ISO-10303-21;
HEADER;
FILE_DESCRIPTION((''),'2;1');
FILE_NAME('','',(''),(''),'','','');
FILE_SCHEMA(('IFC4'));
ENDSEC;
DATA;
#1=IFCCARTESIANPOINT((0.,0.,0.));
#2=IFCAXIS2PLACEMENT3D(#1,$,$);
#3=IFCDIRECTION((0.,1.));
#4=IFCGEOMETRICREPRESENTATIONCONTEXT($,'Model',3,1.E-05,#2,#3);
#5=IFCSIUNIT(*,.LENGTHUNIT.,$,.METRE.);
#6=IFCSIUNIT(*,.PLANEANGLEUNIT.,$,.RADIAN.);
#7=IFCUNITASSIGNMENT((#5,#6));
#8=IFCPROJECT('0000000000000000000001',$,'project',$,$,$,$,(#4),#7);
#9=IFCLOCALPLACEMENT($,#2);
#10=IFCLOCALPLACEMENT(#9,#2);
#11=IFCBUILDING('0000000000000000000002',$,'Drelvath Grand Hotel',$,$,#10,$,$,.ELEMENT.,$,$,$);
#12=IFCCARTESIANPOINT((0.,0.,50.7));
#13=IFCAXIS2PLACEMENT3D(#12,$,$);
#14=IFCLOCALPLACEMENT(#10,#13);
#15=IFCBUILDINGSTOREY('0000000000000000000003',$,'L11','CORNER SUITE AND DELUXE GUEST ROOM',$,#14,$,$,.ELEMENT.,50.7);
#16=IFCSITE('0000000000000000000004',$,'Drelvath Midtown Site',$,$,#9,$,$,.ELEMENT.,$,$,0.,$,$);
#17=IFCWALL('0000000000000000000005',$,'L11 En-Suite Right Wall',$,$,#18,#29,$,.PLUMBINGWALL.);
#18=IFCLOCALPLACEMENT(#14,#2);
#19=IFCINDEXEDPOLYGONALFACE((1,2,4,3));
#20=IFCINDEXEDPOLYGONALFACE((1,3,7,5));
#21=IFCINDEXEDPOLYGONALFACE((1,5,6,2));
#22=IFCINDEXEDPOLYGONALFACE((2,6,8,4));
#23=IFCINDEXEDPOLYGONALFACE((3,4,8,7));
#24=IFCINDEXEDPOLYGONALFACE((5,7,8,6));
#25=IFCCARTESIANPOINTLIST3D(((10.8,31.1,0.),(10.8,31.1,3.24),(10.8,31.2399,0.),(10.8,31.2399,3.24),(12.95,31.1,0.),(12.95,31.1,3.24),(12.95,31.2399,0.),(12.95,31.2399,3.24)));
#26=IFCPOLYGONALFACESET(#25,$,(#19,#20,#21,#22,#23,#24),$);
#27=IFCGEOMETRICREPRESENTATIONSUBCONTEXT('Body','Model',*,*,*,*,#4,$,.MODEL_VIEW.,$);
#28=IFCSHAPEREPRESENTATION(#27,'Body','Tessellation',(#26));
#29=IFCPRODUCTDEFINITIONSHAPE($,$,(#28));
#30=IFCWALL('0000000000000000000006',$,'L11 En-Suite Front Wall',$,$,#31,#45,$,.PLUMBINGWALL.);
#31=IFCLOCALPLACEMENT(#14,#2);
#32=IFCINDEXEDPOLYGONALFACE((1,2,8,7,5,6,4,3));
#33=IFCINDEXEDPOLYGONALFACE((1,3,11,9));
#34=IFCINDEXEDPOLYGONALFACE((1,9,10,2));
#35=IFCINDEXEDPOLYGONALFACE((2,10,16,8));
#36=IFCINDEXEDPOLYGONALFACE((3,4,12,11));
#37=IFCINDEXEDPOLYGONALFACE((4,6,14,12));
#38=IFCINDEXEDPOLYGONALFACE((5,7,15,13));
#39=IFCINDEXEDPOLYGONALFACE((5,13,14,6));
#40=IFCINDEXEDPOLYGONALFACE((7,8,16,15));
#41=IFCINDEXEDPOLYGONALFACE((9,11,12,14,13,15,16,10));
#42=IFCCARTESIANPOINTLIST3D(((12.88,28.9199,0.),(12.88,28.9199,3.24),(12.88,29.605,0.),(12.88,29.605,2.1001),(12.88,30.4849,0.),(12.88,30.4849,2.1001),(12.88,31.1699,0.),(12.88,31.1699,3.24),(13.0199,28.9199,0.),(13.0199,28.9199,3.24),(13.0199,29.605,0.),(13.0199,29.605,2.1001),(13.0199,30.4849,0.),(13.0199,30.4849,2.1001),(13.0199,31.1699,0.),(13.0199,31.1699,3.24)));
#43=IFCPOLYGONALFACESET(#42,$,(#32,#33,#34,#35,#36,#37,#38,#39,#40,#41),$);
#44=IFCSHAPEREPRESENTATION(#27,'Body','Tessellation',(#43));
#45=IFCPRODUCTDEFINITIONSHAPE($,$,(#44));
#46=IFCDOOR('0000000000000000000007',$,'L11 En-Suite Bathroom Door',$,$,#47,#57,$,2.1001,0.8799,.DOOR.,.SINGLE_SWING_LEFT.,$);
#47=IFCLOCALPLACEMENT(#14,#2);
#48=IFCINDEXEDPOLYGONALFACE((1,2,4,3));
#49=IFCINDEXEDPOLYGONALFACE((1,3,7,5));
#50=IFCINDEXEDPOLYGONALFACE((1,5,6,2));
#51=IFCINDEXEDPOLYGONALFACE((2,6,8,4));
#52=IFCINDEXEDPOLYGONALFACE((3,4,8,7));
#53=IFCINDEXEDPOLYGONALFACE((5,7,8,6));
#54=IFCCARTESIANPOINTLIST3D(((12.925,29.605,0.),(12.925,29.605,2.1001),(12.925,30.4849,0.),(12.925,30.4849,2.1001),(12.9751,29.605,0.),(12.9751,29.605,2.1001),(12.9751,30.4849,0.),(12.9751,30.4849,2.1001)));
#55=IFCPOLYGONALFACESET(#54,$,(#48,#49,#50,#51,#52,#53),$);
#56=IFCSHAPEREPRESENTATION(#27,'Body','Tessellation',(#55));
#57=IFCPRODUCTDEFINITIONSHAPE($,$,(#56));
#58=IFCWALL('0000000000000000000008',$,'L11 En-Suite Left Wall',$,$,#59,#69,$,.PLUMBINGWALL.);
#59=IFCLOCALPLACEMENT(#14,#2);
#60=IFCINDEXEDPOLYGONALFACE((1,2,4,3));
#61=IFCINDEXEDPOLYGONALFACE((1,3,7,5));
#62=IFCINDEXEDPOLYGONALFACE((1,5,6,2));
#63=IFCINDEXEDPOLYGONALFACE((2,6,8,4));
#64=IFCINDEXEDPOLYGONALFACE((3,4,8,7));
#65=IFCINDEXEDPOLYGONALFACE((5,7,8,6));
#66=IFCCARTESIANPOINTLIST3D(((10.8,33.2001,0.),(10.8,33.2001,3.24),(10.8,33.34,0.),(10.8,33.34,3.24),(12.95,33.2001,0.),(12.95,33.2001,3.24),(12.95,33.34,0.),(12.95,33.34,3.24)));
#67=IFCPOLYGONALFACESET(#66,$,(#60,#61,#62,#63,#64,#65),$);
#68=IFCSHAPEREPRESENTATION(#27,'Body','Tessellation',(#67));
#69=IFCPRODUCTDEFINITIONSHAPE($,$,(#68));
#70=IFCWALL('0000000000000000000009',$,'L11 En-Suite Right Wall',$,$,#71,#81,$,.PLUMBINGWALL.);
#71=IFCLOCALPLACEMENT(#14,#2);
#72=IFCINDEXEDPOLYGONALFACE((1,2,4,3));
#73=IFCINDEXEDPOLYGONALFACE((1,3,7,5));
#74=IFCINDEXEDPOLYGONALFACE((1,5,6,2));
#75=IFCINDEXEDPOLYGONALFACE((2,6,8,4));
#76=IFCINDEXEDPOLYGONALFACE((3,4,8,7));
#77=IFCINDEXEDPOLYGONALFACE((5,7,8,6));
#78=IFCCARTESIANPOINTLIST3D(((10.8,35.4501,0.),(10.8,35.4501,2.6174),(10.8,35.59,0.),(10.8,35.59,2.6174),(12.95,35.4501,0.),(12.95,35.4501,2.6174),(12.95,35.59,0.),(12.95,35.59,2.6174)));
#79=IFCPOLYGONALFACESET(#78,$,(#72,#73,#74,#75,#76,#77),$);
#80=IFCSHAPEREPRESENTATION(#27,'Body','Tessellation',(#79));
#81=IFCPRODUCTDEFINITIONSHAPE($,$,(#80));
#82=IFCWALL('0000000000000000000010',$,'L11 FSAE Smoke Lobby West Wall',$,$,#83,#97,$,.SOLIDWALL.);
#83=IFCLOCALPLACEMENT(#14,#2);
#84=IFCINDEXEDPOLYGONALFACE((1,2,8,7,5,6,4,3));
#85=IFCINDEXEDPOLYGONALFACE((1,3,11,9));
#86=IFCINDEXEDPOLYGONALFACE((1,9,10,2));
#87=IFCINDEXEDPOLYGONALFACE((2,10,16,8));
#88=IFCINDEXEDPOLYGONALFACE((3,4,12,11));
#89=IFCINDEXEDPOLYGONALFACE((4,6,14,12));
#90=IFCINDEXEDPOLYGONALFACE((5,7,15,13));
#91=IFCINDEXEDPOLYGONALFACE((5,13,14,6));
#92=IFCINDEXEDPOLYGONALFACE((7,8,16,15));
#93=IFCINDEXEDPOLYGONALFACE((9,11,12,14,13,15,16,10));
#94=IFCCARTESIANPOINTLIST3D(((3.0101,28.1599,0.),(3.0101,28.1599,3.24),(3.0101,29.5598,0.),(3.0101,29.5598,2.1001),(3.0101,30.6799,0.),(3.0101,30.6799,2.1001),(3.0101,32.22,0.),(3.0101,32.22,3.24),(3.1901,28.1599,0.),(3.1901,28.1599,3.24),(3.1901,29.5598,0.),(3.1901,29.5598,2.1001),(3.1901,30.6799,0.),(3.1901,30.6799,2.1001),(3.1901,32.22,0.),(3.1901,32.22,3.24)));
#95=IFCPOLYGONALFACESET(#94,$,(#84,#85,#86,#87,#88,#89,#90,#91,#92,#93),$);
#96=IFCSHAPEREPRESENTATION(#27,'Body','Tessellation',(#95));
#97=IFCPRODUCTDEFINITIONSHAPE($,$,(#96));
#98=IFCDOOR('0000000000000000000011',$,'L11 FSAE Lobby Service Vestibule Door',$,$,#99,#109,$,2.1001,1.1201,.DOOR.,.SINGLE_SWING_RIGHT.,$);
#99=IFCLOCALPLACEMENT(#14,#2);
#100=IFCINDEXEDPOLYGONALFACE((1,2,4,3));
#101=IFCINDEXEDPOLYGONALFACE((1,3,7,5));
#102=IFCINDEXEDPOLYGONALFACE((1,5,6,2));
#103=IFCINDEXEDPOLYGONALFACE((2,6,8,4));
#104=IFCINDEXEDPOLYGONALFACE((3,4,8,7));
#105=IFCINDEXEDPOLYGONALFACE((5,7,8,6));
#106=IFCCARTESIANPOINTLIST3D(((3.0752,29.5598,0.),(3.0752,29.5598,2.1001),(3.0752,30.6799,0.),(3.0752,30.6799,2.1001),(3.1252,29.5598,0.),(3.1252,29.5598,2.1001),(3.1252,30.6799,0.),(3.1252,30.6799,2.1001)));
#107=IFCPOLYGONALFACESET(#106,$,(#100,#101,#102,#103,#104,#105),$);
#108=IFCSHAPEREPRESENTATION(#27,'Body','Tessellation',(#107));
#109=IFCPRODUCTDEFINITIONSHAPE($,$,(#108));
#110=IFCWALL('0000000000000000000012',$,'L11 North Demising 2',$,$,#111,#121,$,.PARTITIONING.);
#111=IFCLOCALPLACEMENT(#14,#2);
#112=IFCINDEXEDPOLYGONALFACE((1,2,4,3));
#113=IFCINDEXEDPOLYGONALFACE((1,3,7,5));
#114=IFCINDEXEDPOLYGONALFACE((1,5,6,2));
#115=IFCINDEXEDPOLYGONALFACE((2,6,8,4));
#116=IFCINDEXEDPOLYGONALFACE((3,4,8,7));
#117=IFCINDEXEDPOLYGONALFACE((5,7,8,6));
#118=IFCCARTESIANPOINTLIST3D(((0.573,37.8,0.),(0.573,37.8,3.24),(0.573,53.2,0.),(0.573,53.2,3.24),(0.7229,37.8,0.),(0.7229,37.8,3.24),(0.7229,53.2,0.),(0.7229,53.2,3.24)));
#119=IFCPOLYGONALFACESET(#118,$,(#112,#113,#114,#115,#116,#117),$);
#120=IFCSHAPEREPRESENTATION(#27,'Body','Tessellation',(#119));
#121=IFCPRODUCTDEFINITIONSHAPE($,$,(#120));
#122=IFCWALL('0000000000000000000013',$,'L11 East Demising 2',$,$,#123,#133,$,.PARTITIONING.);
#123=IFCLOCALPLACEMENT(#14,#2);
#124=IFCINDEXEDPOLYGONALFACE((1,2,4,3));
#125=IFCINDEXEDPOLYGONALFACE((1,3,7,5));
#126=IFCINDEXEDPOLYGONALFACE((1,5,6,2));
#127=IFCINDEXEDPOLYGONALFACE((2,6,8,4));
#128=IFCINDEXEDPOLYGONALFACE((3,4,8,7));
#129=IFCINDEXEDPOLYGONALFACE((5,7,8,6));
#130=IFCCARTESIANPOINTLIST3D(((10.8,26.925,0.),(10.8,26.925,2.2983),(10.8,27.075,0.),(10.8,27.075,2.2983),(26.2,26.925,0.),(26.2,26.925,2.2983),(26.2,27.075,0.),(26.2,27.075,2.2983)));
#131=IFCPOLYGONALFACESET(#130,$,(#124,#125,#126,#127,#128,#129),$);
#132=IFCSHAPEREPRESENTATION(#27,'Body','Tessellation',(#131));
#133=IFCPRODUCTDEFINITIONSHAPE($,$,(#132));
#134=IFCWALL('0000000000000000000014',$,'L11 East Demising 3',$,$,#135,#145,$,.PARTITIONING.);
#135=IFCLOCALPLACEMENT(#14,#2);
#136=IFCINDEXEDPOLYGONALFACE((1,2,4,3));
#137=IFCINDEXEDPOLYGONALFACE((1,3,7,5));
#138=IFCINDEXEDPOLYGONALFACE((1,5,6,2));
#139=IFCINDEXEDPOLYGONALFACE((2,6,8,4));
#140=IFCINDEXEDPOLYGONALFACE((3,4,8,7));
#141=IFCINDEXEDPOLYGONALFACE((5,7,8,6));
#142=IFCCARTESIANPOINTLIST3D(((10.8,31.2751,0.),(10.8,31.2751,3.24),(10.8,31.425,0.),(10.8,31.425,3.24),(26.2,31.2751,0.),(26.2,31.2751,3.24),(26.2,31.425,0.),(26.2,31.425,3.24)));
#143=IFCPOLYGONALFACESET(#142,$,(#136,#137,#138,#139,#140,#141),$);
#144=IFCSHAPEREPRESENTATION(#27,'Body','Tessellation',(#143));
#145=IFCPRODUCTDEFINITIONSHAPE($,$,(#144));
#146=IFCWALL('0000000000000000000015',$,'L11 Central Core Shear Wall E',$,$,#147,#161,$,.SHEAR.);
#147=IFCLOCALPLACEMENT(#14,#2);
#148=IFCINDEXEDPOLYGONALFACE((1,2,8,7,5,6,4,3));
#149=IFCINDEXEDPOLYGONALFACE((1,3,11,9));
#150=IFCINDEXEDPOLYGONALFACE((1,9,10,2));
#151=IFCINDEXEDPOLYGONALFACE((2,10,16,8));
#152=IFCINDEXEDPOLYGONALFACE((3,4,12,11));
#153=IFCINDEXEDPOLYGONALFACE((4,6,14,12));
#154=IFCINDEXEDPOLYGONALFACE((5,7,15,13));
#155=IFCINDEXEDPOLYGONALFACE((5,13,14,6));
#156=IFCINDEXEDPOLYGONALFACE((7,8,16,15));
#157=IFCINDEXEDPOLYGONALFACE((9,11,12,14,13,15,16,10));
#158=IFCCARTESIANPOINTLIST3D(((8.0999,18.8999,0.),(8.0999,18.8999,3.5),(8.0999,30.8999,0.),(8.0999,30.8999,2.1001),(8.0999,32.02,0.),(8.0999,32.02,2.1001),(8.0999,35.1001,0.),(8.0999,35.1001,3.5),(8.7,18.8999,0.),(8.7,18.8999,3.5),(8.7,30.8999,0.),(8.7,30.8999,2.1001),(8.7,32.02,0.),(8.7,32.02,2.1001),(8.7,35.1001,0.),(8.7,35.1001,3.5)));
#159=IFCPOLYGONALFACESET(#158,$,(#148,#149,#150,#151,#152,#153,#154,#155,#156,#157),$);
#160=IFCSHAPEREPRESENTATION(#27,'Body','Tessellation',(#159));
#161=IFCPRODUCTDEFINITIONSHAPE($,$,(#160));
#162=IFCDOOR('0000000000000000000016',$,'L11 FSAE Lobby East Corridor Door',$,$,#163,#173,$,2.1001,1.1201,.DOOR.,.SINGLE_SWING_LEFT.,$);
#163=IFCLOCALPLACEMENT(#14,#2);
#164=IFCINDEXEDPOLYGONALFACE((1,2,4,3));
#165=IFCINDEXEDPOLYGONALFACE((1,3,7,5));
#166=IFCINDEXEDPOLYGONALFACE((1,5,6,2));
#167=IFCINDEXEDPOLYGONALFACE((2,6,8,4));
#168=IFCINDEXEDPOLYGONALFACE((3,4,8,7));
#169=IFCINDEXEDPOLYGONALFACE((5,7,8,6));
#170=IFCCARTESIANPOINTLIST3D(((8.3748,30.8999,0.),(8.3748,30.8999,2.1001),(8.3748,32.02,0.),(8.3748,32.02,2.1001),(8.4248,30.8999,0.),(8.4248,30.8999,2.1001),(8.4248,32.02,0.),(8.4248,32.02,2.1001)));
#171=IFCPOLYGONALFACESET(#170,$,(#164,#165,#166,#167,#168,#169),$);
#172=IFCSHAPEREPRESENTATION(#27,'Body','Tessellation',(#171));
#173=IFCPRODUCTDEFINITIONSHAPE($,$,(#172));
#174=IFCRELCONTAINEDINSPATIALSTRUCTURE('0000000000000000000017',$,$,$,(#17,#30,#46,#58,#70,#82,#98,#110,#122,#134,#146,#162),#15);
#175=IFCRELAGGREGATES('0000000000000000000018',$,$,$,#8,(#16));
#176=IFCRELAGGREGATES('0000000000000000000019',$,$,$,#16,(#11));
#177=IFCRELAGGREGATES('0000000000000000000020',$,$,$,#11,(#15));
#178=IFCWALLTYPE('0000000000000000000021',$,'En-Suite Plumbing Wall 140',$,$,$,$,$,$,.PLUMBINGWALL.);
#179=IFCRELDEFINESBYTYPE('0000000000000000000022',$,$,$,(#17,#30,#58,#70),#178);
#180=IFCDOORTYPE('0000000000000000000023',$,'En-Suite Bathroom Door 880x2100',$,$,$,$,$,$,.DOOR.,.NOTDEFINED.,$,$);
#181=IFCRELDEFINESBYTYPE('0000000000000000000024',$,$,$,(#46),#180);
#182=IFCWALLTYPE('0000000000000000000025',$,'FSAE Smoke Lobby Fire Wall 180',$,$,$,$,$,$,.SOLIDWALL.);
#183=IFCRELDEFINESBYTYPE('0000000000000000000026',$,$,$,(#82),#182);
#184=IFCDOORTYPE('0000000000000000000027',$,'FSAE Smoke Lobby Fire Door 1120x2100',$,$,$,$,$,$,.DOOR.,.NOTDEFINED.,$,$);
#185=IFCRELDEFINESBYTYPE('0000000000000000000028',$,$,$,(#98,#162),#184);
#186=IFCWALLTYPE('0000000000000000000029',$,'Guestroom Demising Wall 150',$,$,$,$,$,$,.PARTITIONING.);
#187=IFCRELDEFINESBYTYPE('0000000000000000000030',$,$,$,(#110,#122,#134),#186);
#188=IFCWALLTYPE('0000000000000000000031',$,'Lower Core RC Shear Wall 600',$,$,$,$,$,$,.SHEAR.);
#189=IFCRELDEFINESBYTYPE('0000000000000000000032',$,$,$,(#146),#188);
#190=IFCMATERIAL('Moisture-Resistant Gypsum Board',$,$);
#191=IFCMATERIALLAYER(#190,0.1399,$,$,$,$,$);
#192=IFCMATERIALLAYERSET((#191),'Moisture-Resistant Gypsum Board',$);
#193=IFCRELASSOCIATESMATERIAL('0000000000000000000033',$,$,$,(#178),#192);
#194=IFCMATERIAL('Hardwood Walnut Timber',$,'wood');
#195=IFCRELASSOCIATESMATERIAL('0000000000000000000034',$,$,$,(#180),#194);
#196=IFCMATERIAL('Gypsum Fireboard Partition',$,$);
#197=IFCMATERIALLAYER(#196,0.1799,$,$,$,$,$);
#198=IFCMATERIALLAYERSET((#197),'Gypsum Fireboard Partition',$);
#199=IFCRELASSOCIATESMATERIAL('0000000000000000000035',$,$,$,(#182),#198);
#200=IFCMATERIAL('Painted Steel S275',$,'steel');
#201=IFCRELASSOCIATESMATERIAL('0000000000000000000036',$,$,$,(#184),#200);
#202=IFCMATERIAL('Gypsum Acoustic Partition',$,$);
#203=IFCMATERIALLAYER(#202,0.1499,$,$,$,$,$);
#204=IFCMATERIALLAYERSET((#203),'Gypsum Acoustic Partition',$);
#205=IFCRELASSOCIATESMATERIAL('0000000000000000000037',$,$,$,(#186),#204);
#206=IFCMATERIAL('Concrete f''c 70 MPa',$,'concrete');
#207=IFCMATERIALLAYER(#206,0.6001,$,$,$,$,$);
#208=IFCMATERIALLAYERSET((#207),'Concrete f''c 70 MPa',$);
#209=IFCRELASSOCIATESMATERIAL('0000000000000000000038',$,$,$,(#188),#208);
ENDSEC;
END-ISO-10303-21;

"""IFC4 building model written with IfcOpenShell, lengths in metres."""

from ifc_helpers import new_model, si_unit, direction, frame, frame_2d, origin, place, context, subcontext, project, spatial, rectangle, extrude, material, layer, layer_set, type_object, element, fill, save


model = new_model("IFC4")

# Units and contexts
model_context = context("Model", 3, precision=1e-05, world=origin(), true_north=direction((0.0, 1.0)))
body_context = subcontext(model_context, "Body", "Model", "MODEL_VIEW")
ifc_project = project(units=[si_unit("LENGTHUNIT", "METRE"), si_unit("PLANEANGLEUNIT", "RADIAN")], contexts=[model_context])

# Site, building, storey
site_placement = place(None, origin())
site = spatial("IfcSite", under=ifc_project, at=site_placement, Name="Drelvath Midtown Site", CompositionType="ELEMENT", RefElevation=0.0)
building_placement = place(site_placement, origin())
building = spatial("IfcBuilding", under=site, at=building_placement, Name="Drelvath Grand Hotel", CompositionType="ELEMENT")
storey_placement = place(building_placement, frame((0.0, 0.0, 50.7)))
storey = spatial("IfcBuildingStorey", under=building, at=storey_placement, Name="L11", Description="CORNER SUITE AND DELUXE GUEST ROOM", CompositionType="ELEMENT", Elevation=50.7)

# Shared definitions
ifc_material_1 = material(Name="Concrete f'c 70 MPa", Category="concrete")

# Shared definitions
ifc_material_2 = material(Name="Painted Steel S275", Category="steel")

# Wall
ifc_material_3 = material(Name="Gypsum Fireboard Partition")
ifc_material_4 = material(Name="Moisture-Resistant Gypsum Board")
ifc_layer_1 = layer(ifc_material_4, 0.1399)
ifc_layer_set_1 = layer_set([ifc_layer_1], Name="Moisture-Resistant Gypsum Board")
wall_type_1 = type_object("IfcWallType", Name="En-Suite Plumbing Wall 140", PredefinedType="PLUMBINGWALL", material=ifc_layer_set_1)
for number, where, z_axis, x_axis, name in (
    (1, (10.8, 31.1699, 0.0), (0.0, 0.0, 1.0), (1.0, 0.0, 0.0), "L11 En-Suite Right Wall"),
):
    element("IfcWall", number, at=place(storey_placement, frame(where, z_axis=z_axis, x_axis=x_axis)), inside=storey, type_object=wall_type_1, Name=name, PredefinedType="PLUMBINGWALL", context=body_context, shape_type="SweptSolid", body=[
        extrude(rectangle(XDim=2.1499, YDim=0.1399, at=frame_2d((1.075, 0.0))), origin(), (0.0, 0.0, 1.0), 3.24),
    ])

# Wall, opening, door
wall_1_placement = place(storey_placement, frame((12.95, 28.9199, 0.0), z_axis=(0.0, 0.0, 1.0), x_axis=(0.0, 1.0, 0.0)))
wall_1 = element("IfcWall", 2, at=wall_1_placement, inside=storey, type_object=wall_type_1, Name="L11 En-Suite Front Wall", PredefinedType="PLUMBINGWALL", context=body_context, shape_type="SweptSolid", body=[
    extrude(rectangle(XDim=2.25, YDim=0.1399, at=frame_2d((1.125, 0.0))), origin(), (0.0, 0.0, 1.0), 3.24),
])
opening_1_placement = place(wall_1_placement, frame((0.6851, 0.0, 0.0)))
opening_1 = element("IfcOpeningElement", 3, at=opening_1_placement, cuts=wall_1, PredefinedType="OPENING", context=body_context, shape_type="SweptSolid", body=[
    extrude(rectangle(XDim=0.8799, YDim=2.1001, at=frame_2d((0.4399, 1.05))), frame((0.0, 0.0798, 0.0), z_axis=(0.0, -1.0, 0.0), x_axis=(1.0, 0.0, 0.0)), (0.0, 0.0, 1.0), 0.1599),
])
ifc_material_5 = material(Name="Hardwood Walnut Timber", Category="wood")
door_type_1 = type_object("IfcDoorType", Name="En-Suite Bathroom Door 880x2100", OperationType="NOTDEFINED", PredefinedType="DOOR", material=ifc_material_5)
door_1_placement = place(opening_1_placement, origin())
door_1 = element("IfcDoor", 4, at=door_1_placement, inside=storey, type_object=door_type_1, Name="L11 En-Suite Bathroom Door", OperationType="SINGLE_SWING_LEFT", OverallHeight=2.1001, OverallWidth=0.8799, PredefinedType="DOOR", context=body_context, shape_type="SweptSolid", body=[
    extrude(rectangle(XDim=0.8799, YDim=2.1001, at=frame_2d((0.4399, 1.05))), frame((0.0, 0.0249, 0.0), z_axis=(0.0, -1.0, 0.0), x_axis=(1.0, 0.0, 0.0)), (0.0, 0.0, 1.0), 0.05),
])
fill(opening_1, door_1)

# Walls
wall_2_placement = place(storey_placement, frame((10.8, 33.27, 0.0), z_axis=(0.0, 0.0, 1.0), x_axis=(1.0, 0.0, 0.0)))
element("IfcWall", 5, at=wall_2_placement, inside=storey, type_object=wall_type_1, Name="L11 En-Suite Left Wall", PredefinedType="PLUMBINGWALL", context=body_context, shape_type="SweptSolid", body=[
    extrude(rectangle(XDim=2.1499, YDim=0.1399, at=frame_2d((1.075, 0.0))), origin(), (0.0, 0.0, 1.0), 3.24),
])
wall_3_placement = place(storey_placement, frame((10.8, 35.52, 0.0), z_axis=(0.0, 0.0, 1.0), x_axis=(1.0, 0.0, 0.0)))
element("IfcWall", 6, at=wall_3_placement, inside=storey, type_object=wall_type_1, Name="L11 En-Suite Right Wall", PredefinedType="PLUMBINGWALL", context=body_context, shape_type="SweptSolid", body=[
    extrude(rectangle(XDim=2.1499, YDim=0.1399, at=frame_2d((1.075, 0.0))), origin(), (0.0, 0.0, 1.0), 2.6174),
])

# Wall, opening, door
ifc_layer_2 = layer(ifc_material_3, 0.1799)
ifc_layer_set_2 = layer_set([ifc_layer_2], Name="Gypsum Fireboard Partition")
wall_type_2 = type_object("IfcWallType", Name="FSAE Smoke Lobby Fire Wall 180", PredefinedType="SOLIDWALL", material=ifc_layer_set_2)
wall_4_placement = place(storey_placement, frame((3.1001, 28.1599, 0.0), z_axis=(0.0, 0.0, 1.0), x_axis=(0.0, 1.0, 0.0)))
wall_4 = element("IfcWall", 7, at=wall_4_placement, inside=storey, type_object=wall_type_2, Name="L11 FSAE Smoke Lobby West Wall", PredefinedType="SOLIDWALL", context=body_context, shape_type="SweptSolid", body=[
    extrude(rectangle(XDim=4.0601, YDim=0.1799, at=frame_2d((2.03, 0.0))), origin(), (0.0, 0.0, 1.0), 3.24),
])
opening_2_placement = place(wall_4_placement, frame((1.3999, 0.0, 0.0)))
opening_2 = element("IfcOpeningElement", 8, at=opening_2_placement, cuts=wall_4, PredefinedType="OPENING", context=body_context, shape_type="SweptSolid", body=[
    extrude(rectangle(XDim=1.1201, YDim=2.1001, at=frame_2d((0.5601, 1.05))), frame((0.0, 0.0999, 0.0), z_axis=(0.0, -1.0, 0.0), x_axis=(1.0, 0.0, 0.0)), (0.0, 0.0, 1.0), 0.2),
])
door_type_2 = type_object("IfcDoorType", Name="FSAE Smoke Lobby Fire Door 1120x2100", OperationType="NOTDEFINED", PredefinedType="DOOR", material=ifc_material_2)
door_2_placement = place(opening_2_placement, origin())
door_2 = element("IfcDoor", 9, at=door_2_placement, inside=storey, type_object=door_type_2, Name="L11 FSAE Lobby Service Vestibule Door", OperationType="SINGLE_SWING_RIGHT", OverallHeight=2.1001, OverallWidth=1.1201, PredefinedType="DOOR", context=body_context, shape_type="SweptSolid", body=[
    extrude(rectangle(XDim=1.1201, YDim=2.1001, at=frame_2d((0.5601, 1.05))), frame((0.0, 0.0249, 0.0), z_axis=(0.0, -1.0, 0.0), x_axis=(1.0, 0.0, 0.0)), (0.0, 0.0, 1.0), 0.05),
])
fill(opening_2, door_2)

# Walls
ifc_material_6 = material(Name="Gypsum Acoustic Partition")
ifc_layer_3 = layer(ifc_material_6, 0.1499)
ifc_layer_set_3 = layer_set([ifc_layer_3], Name="Gypsum Acoustic Partition")
wall_type_3 = type_object("IfcWallType", Name="Guestroom Demising Wall 150", PredefinedType="PARTITIONING", material=ifc_layer_set_3)
wall_5_placement = place(storey_placement, frame((0.6479, 37.8, 0.0), z_axis=(0.0, 0.0, 1.0), x_axis=(0.0, 1.0, 0.0)))
element("IfcWall", 10, at=wall_5_placement, inside=storey, type_object=wall_type_3, Name="L11 North Demising 2", PredefinedType="PARTITIONING", context=body_context, shape_type="SweptSolid", body=[
    extrude(rectangle(XDim=15.3999, YDim=0.1499, at=frame_2d((7.7, 0.0))), origin(), (0.0, 0.0, 1.0), 3.24),
])
wall_6_placement = place(storey_placement, frame((10.8, 27.0, 0.0), z_axis=(0.0, 0.0, 1.0), x_axis=(1.0, 0.0, 0.0)))
element("IfcWall", 11, at=wall_6_placement, inside=storey, type_object=wall_type_3, Name="L11 East Demising 2", PredefinedType="PARTITIONING", context=body_context, shape_type="SweptSolid", body=[
    extrude(rectangle(XDim=15.3999, YDim=0.1499, at=frame_2d((7.7, 0.0))), origin(), (0.0, 0.0, 1.0), 2.2983),
])
wall_7_placement = place(storey_placement, frame((10.8, 31.3501, 0.0), z_axis=(0.0, 0.0, 1.0), x_axis=(1.0, 0.0, 0.0)))
element("IfcWall", 12, at=wall_7_placement, inside=storey, type_object=wall_type_3, Name="L11 East Demising 3", PredefinedType="PARTITIONING", context=body_context, shape_type="SweptSolid", body=[
    extrude(rectangle(XDim=15.3999, YDim=0.1499, at=frame_2d((7.7, 0.0))), origin(), (0.0, 0.0, 1.0), 3.24),
])

# Wall, opening, door
ifc_layer_4 = layer(ifc_material_1, 0.6001)
ifc_layer_set_4 = layer_set([ifc_layer_4], Name="Concrete f'c 70 MPa")
wall_type_4 = type_object("IfcWallType", Name="Lower Core RC Shear Wall 600", PredefinedType="SHEAR", material=ifc_layer_set_4)
wall_8_placement = place(storey_placement, frame((8.3999, 35.1001, 0.0), z_axis=(0.0, 0.0, 1.0), x_axis=(0.0, -1.0, 0.0)))
wall_8 = element("IfcWall", 13, at=wall_8_placement, inside=storey, type_object=wall_type_4, Name="L11 Central Core Shear Wall E", PredefinedType="SHEAR", context=body_context, shape_type="SweptSolid", body=[
    extrude(rectangle(XDim=16.2002, YDim=0.6001, at=frame_2d((8.1001, 0.0))), origin(), (0.0, 0.0, 1.0), 3.5),
])
opening_3_placement = place(wall_8_placement, frame((3.0801, 0.0, 0.0)))
opening_3 = element("IfcOpeningElement", 14, at=opening_3_placement, cuts=wall_8, PredefinedType="OPENING", context=body_context, shape_type="SweptSolid", body=[
    extrude(rectangle(XDim=1.1201, YDim=2.1001, at=frame_2d((0.5601, 1.05))), frame((0.0, 0.3101, 0.0), z_axis=(0.0, -1.0, 0.0), x_axis=(1.0, 0.0, 0.0)), (0.0, 0.0, 1.0), 0.6201),
])
door_3_placement = place(opening_3_placement, origin())
door_3 = element("IfcDoor", 15, at=door_3_placement, inside=storey, type_object=door_type_2, Name="L11 FSAE Lobby East Corridor Door", OperationType="SINGLE_SWING_LEFT", OverallHeight=2.1001, OverallWidth=1.1201, PredefinedType="DOOR", context=body_context, shape_type="SweptSolid", body=[
    extrude(rectangle(XDim=1.1201, YDim=2.1001, at=frame_2d((0.5601, 1.05))), frame((0.0, 0.0249, 0.0), z_axis=(0.0, -1.0, 0.0), x_axis=(1.0, 0.0, 0.0)), (0.0, 0.0, 1.0), 0.05),
])
fill(opening_3, door_3)

save(model, "model.ifc")
